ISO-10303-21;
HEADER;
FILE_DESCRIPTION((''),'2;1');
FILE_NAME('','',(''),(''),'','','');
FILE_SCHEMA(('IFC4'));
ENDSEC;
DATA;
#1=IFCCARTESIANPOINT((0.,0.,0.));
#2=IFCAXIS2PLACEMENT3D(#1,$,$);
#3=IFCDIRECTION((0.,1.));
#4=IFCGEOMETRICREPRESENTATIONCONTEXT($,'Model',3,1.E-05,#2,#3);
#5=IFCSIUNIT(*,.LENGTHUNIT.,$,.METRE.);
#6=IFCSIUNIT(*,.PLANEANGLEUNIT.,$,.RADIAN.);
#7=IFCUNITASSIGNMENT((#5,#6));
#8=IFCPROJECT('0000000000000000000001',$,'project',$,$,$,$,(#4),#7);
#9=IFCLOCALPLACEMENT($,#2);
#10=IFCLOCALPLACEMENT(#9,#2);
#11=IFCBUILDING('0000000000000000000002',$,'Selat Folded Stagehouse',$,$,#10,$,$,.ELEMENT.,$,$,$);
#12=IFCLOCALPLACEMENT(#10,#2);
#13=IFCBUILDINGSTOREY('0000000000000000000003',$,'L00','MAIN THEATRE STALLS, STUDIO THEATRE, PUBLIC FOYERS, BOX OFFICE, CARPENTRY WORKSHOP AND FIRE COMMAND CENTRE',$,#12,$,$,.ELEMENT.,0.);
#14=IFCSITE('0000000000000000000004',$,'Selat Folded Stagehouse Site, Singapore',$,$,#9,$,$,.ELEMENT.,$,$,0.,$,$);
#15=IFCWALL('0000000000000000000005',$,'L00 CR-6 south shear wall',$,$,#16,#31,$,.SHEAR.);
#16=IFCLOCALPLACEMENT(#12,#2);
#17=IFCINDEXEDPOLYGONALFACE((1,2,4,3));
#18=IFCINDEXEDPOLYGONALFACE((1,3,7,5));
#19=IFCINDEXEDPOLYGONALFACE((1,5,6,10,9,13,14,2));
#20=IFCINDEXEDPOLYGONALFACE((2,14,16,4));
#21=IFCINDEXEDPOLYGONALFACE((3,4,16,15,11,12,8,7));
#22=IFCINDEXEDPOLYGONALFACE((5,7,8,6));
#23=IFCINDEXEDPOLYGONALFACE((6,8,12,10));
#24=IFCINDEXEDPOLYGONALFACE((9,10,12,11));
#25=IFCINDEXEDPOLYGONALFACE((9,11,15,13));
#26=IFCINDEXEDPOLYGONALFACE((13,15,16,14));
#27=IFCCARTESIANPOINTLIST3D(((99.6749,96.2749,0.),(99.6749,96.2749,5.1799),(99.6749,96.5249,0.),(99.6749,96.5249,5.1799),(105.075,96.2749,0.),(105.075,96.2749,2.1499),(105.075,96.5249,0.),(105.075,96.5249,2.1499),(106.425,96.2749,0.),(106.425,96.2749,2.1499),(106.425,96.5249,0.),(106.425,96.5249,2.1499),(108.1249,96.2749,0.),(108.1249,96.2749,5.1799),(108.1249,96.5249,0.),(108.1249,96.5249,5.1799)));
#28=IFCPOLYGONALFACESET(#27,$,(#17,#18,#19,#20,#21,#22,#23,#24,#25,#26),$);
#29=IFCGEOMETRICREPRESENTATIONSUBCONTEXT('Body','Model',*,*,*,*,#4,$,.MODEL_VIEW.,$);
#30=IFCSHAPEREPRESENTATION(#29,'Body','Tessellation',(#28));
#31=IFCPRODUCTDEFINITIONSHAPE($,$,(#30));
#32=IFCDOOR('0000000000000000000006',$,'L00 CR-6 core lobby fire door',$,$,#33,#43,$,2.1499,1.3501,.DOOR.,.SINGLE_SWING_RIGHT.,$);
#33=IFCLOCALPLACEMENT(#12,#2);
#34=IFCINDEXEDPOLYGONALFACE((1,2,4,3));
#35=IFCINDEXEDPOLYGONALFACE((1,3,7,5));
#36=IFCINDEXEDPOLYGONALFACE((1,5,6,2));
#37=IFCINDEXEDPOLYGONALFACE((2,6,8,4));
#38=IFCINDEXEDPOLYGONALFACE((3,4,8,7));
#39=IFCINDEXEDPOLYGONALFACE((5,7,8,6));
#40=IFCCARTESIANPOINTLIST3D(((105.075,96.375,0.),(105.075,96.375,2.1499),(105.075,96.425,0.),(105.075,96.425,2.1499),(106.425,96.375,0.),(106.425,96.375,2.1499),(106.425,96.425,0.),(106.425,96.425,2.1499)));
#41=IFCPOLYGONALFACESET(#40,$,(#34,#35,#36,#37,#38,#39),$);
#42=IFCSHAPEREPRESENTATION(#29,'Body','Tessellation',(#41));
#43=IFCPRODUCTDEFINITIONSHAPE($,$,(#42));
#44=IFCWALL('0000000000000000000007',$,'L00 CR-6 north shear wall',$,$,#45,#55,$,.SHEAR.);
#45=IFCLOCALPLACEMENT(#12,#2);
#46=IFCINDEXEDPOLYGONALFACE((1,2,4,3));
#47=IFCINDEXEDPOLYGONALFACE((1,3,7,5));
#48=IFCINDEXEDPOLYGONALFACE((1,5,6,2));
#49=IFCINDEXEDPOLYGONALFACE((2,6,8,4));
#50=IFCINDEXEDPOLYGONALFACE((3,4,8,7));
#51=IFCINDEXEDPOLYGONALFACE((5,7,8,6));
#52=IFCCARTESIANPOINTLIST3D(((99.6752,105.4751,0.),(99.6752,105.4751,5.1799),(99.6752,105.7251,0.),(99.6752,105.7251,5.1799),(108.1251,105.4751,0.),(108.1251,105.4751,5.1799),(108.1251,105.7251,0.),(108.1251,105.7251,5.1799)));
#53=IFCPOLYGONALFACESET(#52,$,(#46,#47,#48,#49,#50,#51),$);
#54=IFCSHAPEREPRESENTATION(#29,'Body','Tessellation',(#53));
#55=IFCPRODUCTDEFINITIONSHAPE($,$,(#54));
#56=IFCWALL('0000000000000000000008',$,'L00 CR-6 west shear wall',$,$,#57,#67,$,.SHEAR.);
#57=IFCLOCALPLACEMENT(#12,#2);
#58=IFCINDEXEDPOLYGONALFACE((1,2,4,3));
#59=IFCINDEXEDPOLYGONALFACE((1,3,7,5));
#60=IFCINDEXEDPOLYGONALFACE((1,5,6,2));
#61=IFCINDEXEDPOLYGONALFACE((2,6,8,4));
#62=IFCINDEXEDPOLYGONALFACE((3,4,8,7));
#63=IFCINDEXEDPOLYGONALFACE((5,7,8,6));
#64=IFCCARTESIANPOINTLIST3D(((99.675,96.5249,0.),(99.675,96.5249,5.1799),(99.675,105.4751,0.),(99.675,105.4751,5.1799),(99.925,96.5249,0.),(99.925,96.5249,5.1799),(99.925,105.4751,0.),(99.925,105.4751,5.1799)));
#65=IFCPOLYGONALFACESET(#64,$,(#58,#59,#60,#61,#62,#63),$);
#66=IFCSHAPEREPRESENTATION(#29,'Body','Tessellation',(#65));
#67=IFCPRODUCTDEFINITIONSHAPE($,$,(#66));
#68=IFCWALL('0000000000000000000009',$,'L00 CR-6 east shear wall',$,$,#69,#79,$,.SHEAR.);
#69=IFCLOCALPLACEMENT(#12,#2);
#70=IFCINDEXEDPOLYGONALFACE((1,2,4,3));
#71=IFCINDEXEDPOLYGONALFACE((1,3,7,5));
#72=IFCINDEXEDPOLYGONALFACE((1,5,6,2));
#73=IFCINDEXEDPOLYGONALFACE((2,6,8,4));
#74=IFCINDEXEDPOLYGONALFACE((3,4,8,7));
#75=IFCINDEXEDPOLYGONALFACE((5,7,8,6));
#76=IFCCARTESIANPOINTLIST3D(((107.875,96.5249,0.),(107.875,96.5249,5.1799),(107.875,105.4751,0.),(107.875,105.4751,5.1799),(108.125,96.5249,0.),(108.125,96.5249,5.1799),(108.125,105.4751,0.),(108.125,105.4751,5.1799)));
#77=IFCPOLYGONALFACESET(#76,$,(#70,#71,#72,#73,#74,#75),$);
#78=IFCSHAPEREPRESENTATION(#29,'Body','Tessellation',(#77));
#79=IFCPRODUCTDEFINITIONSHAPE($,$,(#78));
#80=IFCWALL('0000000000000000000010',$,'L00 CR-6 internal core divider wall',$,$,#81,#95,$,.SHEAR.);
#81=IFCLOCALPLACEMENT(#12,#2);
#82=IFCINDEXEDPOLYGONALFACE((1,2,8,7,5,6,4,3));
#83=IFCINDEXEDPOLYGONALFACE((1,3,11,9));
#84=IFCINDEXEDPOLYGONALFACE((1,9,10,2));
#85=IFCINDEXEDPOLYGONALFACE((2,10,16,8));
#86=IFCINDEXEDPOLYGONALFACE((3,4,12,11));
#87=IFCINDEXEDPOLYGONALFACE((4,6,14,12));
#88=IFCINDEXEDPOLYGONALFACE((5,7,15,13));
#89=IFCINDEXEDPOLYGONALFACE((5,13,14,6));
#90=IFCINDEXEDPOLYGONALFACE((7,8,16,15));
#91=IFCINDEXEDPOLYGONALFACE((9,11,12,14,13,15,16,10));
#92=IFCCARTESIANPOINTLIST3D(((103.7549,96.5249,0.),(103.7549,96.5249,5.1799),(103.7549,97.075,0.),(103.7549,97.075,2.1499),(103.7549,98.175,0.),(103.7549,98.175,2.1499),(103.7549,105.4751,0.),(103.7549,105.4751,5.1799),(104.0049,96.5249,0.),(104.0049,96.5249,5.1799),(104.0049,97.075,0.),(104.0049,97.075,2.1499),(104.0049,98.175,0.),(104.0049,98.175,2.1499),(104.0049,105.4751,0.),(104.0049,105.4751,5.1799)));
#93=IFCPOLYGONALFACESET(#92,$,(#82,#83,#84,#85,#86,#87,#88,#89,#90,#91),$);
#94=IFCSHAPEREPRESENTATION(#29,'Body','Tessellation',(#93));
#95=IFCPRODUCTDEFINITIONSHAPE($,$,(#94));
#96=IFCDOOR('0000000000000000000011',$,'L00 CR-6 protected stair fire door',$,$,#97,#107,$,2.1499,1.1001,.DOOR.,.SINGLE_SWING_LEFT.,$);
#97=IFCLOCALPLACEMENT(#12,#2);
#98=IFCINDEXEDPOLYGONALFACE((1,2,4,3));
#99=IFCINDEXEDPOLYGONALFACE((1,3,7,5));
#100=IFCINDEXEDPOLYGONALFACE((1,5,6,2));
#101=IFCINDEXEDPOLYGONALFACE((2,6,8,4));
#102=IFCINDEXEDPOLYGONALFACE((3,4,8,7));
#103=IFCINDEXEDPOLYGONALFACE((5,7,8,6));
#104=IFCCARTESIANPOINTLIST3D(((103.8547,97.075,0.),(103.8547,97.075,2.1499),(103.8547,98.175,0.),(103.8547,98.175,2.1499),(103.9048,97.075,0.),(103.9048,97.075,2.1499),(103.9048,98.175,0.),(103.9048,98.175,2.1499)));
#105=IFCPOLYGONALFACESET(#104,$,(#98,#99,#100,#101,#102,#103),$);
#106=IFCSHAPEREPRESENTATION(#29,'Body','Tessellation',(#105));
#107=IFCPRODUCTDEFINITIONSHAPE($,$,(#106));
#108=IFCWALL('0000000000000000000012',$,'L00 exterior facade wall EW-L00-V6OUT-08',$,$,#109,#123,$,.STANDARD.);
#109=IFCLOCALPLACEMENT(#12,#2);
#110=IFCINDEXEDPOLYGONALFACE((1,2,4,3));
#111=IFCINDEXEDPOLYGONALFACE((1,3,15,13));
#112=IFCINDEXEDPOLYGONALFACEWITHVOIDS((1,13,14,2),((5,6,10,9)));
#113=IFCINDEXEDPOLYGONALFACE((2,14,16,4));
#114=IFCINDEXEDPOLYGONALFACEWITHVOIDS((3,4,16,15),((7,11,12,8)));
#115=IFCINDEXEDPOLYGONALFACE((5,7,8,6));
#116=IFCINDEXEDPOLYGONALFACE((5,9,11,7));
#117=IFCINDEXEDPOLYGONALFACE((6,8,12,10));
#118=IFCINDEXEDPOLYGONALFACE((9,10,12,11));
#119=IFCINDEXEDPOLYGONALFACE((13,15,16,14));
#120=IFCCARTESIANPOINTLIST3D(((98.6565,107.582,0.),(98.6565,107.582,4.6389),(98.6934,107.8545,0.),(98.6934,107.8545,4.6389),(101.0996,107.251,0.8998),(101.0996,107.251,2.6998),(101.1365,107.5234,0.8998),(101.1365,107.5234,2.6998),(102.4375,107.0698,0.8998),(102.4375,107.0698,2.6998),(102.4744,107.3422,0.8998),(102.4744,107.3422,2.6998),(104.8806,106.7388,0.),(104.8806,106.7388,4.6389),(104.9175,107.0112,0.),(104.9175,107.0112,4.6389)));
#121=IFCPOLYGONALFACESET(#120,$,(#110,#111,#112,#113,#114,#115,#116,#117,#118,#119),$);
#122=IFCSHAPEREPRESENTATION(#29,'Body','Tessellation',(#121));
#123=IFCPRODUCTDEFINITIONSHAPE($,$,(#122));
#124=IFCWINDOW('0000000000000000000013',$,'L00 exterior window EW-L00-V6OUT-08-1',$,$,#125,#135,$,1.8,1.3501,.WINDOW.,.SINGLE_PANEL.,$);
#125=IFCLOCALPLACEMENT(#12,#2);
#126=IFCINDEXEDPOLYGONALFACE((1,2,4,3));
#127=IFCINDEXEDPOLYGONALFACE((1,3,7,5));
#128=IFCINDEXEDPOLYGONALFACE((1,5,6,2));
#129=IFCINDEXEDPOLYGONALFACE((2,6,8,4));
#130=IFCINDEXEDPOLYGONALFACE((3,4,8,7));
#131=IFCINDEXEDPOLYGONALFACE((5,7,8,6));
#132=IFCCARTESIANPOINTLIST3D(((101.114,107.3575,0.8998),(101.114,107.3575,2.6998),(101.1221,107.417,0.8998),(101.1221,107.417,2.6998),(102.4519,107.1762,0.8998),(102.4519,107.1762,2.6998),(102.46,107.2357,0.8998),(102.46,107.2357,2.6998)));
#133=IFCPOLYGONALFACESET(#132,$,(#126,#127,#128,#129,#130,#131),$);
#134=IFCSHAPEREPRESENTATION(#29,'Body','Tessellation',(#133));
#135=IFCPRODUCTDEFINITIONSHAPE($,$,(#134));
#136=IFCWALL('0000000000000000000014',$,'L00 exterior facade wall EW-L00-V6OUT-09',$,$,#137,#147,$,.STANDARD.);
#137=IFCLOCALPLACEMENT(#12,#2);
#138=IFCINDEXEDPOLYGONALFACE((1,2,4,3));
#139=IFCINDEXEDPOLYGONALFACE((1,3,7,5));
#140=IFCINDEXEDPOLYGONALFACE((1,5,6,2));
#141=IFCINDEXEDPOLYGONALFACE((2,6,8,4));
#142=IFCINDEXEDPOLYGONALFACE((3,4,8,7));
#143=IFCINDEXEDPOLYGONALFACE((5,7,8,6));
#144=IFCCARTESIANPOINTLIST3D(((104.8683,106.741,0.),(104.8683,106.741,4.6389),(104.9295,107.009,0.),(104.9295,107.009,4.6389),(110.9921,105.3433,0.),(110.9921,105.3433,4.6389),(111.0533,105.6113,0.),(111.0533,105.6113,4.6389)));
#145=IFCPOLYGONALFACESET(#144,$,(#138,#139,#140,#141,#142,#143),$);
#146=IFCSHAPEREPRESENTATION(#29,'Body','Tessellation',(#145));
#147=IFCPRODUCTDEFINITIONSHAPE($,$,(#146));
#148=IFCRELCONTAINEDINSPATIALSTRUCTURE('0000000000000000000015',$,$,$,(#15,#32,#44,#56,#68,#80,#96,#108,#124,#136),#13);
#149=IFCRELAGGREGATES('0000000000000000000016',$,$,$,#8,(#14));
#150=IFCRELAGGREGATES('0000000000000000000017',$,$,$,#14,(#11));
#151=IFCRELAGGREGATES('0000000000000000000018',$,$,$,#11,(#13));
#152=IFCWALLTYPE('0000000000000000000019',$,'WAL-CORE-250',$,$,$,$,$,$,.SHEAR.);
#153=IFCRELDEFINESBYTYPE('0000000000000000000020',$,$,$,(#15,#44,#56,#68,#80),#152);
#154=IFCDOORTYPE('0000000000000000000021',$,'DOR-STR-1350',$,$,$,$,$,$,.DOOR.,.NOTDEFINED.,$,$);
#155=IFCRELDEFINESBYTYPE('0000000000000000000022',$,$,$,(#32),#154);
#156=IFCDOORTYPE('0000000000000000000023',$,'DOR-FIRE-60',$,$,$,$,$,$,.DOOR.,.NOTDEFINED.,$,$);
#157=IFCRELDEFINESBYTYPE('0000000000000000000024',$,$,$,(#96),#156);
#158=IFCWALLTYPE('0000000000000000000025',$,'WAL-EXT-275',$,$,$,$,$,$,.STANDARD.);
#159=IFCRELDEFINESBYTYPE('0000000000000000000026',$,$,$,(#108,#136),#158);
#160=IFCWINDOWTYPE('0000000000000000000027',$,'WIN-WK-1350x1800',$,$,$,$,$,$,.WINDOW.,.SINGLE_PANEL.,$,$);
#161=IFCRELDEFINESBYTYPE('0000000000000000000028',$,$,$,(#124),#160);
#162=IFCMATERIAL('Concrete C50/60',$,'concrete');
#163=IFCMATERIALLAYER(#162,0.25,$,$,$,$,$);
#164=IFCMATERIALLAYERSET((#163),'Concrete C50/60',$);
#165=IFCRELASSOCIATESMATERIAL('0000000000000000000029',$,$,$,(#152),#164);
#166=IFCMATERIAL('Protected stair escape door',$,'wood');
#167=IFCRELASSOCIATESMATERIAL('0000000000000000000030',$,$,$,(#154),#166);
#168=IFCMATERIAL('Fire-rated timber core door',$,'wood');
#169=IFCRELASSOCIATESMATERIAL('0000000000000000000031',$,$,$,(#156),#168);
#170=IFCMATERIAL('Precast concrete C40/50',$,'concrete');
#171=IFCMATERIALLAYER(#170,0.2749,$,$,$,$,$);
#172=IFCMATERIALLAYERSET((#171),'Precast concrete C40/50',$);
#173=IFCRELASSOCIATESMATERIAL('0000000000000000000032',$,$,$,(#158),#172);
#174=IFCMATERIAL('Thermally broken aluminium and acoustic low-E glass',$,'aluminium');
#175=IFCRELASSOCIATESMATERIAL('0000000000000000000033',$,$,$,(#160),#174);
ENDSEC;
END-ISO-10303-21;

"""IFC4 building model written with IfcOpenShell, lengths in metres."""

from ifc_helpers import new_model, si_unit, direction, frame, frame_2d, origin, place, context, subcontext, project, spatial, rectangle, extrude, material, layer, layer_set, type_object, element, fill, save


model = new_model("IFC4")

# Units and contexts
model_context = context("Model", 3, precision=1e-05, world=origin(), true_north=direction((0.0, 1.0)))
body_context = subcontext(model_context, "Body", "Model", "MODEL_VIEW")
ifc_project = project(units=[si_unit("LENGTHUNIT", "METRE"), si_unit("PLANEANGLEUNIT", "RADIAN")], contexts=[model_context])

# Site, building, storey
site_placement = place(None, origin())
site = spatial("IfcSite", under=ifc_project, at=site_placement, Name="Selat Folded Stagehouse Site, Singapore", CompositionType="ELEMENT", RefElevation=0.0)
building_placement = place(site_placement, origin())
building = spatial("IfcBuilding", under=site, at=building_placement, Name="Selat Folded Stagehouse", CompositionType="ELEMENT")
storey_placement = place(building_placement, origin())
storey = spatial("IfcBuildingStorey", under=building, at=storey_placement, Name="L00", Description="MAIN THEATRE STALLS, STUDIO THEATRE, PUBLIC FOYERS, BOX OFFICE, CARPENTRY WORKSHOP AND FIRE COMMAND CENTRE", CompositionType="ELEMENT", Elevation=0.0)

# Wall, opening, door
ifc_material_1 = material(Name="Concrete C50/60", Category="concrete")
ifc_layer_1 = layer(ifc_material_1, 0.25)
ifc_layer_set_1 = layer_set([ifc_layer_1], Name="Concrete C50/60")
wall_type_1 = type_object("IfcWallType", Name="WAL-CORE-250", PredefinedType="SHEAR", material=ifc_layer_set_1)
wall_1_placement = place(storey_placement, frame((108.125, 96.3999, 0.0), z_axis=(0.0, 0.0, 1.0), x_axis=(-1.0, 0.0, 0.0)))
wall_1 = element("IfcWall", 1, at=wall_1_placement, inside=storey, type_object=wall_type_1, Name="L00 CR-6 south shear wall", PredefinedType="SHEAR", context=body_context, shape_type="SweptSolid", body=[
    extrude(rectangle(XDim=8.45, YDim=0.25, at=frame_2d((4.2251, 0.0))), origin(), (0.0, 0.0, 1.0), 5.1799),
])
opening_1_placement = place(wall_1_placement, frame((1.7, 0.0, 0.0)))
opening_1 = element("IfcOpeningElement", 2, at=opening_1_placement, cuts=wall_1, PredefinedType="OPENING", context=body_context, shape_type="SweptSolid", body=[
    extrude(rectangle(XDim=1.3501, YDim=2.1499, at=frame_2d((0.675, 1.075))), frame((0.0, 0.135, 0.0), z_axis=(0.0, -1.0, 0.0), x_axis=(1.0, 0.0, 0.0)), (0.0, 0.0, 1.0), 0.27),
])
ifc_material_2 = material(Name="Protected stair escape door", Category="wood")
door_type_1 = type_object("IfcDoorType", Name="DOR-STR-1350", OperationType="NOTDEFINED", PredefinedType="DOOR", material=ifc_material_2)
door_1_placement = place(opening_1_placement, origin())
door_1 = element("IfcDoor", 3, at=door_1_placement, inside=storey, type_object=door_type_1, Name="L00 CR-6 core lobby fire door", OperationType="SINGLE_SWING_RIGHT", OverallHeight=2.1499, OverallWidth=1.3501, PredefinedType="DOOR", context=body_context, shape_type="SweptSolid", body=[
    extrude(rectangle(XDim=1.3501, YDim=2.1499, at=frame_2d((0.675, 1.075))), frame((0.0, 0.0249, 0.0), z_axis=(0.0, -1.0, 0.0), x_axis=(1.0, 0.0, 0.0)), (0.0, 0.0, 1.0), 0.05),
])
fill(opening_1, door_1)

# Walls
wall_2_placement = place(storey_placement, frame((99.675, 105.6001, 0.0), z_axis=(0.0, 0.0, 1.0), x_axis=(1.0, 0.0, 0.0)))
element("IfcWall", 4, at=wall_2_placement, inside=storey, type_object=wall_type_1, Name="L00 CR-6 north shear wall", PredefinedType="SHEAR", context=body_context, shape_type="SweptSolid", body=[
    extrude(rectangle(XDim=8.45, YDim=0.25, at=frame_2d((4.2251, 0.0))), origin(), (0.0, 0.0, 1.0), 5.1799),
])
for number, where, z_axis, x_axis, name in (
    (5, (99.8, 96.5249, 0.0), (0.0, 0.0, 1.0), (0.0, 1.0, 0.0), "L00 CR-6 west shear wall"),
    (6, (108.0, 105.4751, 0.0), (0.0, 0.0, 1.0), (0.0, -1.0, 0.0), "L00 CR-6 east shear wall"),
):
    element("IfcWall", number, at=place(storey_placement, frame(where, z_axis=z_axis, x_axis=x_axis)), inside=storey, type_object=wall_type_1, Name=name, PredefinedType="SHEAR", context=body_context, shape_type="SweptSolid", body=[
        extrude(rectangle(XDim=8.9502, YDim=0.25, at=frame_2d((4.4751, 0.0))), origin(), (0.0, 0.0, 1.0), 5.1799),
    ])

# Wall, opening, door
wall_3_placement = place(storey_placement, frame((103.8799, 105.4751, 0.0), z_axis=(0.0, 0.0, 1.0), x_axis=(0.0, -1.0, 0.0)))
wall_3 = element("IfcWall", 7, at=wall_3_placement, inside=storey, type_object=wall_type_1, Name="L00 CR-6 internal core divider wall", PredefinedType="SHEAR", context=body_context, shape_type="SweptSolid", body=[
    extrude(rectangle(XDim=8.9502, YDim=0.25, at=frame_2d((4.4751, 0.0))), origin(), (0.0, 0.0, 1.0), 5.1799),
])
opening_2_placement = place(wall_3_placement, frame((7.3, 0.0, 0.0)))
opening_2 = element("IfcOpeningElement", 8, at=opening_2_placement, cuts=wall_3, PredefinedType="OPENING", context=body_context, shape_type="SweptSolid", body=[
    extrude(rectangle(XDim=1.1001, YDim=2.1499, at=frame_2d((0.55, 1.075))), frame((0.0, 0.135, 0.0), z_axis=(0.0, -1.0, 0.0), x_axis=(1.0, 0.0, 0.0)), (0.0, 0.0, 1.0), 0.27),
])
ifc_material_3 = material(Name="Fire-rated timber core door", Category="wood")
door_type_2 = type_object("IfcDoorType", Name="DOR-FIRE-60", OperationType="NOTDEFINED", PredefinedType="DOOR", material=ifc_material_3)
door_2_placement = place(opening_2_placement, origin())
door_2 = element("IfcDoor", 9, at=door_2_placement, inside=storey, type_object=door_type_2, Name="L00 CR-6 protected stair fire door", OperationType="SINGLE_SWING_LEFT", OverallHeight=2.1499, OverallWidth=1.1001, PredefinedType="DOOR", context=body_context, shape_type="SweptSolid", body=[
    extrude(rectangle(XDim=1.1001, YDim=2.1499, at=frame_2d((0.55, 1.075))), frame((0.0, 0.0249, 0.0), z_axis=(0.0, -1.0, 0.0), x_axis=(1.0, 0.0, 0.0)), (0.0, 0.0, 1.0), 0.05),
])
fill(opening_2, door_2)

# Wall, opening, window
ifc_material_4 = material(Name="Precast concrete C40/50", Category="concrete")
ifc_layer_2 = layer(ifc_material_4, 0.2749)
ifc_layer_set_2 = layer_set([ifc_layer_2], Name="Precast concrete C40/50")
wall_type_2 = type_object("IfcWallType", Name="WAL-EXT-275", PredefinedType="STANDARD", material=ifc_layer_set_2)
wall_4_placement = place(storey_placement, frame((98.6748, 107.7183, 0.0), z_axis=(0.0, 0.0, 1.0), x_axis=(0.990947, -0.134256, 0.0)))
wall_4 = element("IfcWall", 10, at=wall_4_placement, inside=storey, type_object=wall_type_2, Name="L00 exterior facade wall EW-L00-V6OUT-08", PredefinedType="STANDARD", context=body_context, shape_type="SweptSolid", body=[
    extrude(rectangle(XDim=6.281, YDim=0.2749, at=frame_2d((3.1406, 0.0))), origin(), (0.0, 0.0, 1.0), 4.6389),
])
opening_3_placement = place(wall_4_placement, frame((2.4656, 0.0, 0.8999)))
opening_3 = element("IfcOpeningElement", 11, at=opening_3_placement, cuts=wall_4, PredefinedType="OPENING", context=body_context, shape_type="SweptSolid", body=[
    extrude(rectangle(XDim=1.3501, YDim=1.8, at=frame_2d((0.675, 0.8999))), frame((0.0, 0.1475, 0.0), z_axis=(0.0, -1.0, 0.0), x_axis=(1.0, 0.0, 0.0)), (0.0, 0.0, 1.0), 0.2949),
])
ifc_material_5 = material(Name="Thermally broken aluminium and acoustic low-E glass", Category="aluminium")
window_type = type_object("IfcWindowType", Name="WIN-WK-1350x1800", PartitioningType="SINGLE_PANEL", PredefinedType="WINDOW", material=ifc_material_5)
window_placement = place(opening_3_placement, origin())
window = element("IfcWindow", 12, at=window_placement, inside=storey, type_object=window_type, Name="L00 exterior window EW-L00-V6OUT-08-1", OverallHeight=1.8, OverallWidth=1.3501, PartitioningType="SINGLE_PANEL", PredefinedType="WINDOW", context=body_context, shape_type="SweptSolid", body=[
    extrude(rectangle(XDim=1.3501, YDim=1.8, at=frame_2d((0.675, 0.8999))), frame((0.0, 0.03, 0.0), z_axis=(0.0, -1.0, 0.0), x_axis=(1.0, 0.0, 0.0)), (0.0, 0.0, 1.0), 0.0601),
])
fill(opening_3, window)

# Wall
wall_5_placement = place(storey_placement, frame((104.8989, 106.875, 0.0), z_axis=(0.0, 0.0, 1.0), x_axis=(0.974928, -0.22252, 0.0)))
element("IfcWall", 13, at=wall_5_placement, inside=storey, type_object=wall_type_2, Name="L00 exterior facade wall EW-L00-V6OUT-09", PredefinedType="STANDARD", context=body_context, shape_type="SweptSolid", body=[
    extrude(rectangle(XDim=6.2812, YDim=0.2749, at=frame_2d((3.1406, 0.0))), origin(), (0.0, 0.0, 1.0), 4.6389),
])

save(model, "model.ifc")
